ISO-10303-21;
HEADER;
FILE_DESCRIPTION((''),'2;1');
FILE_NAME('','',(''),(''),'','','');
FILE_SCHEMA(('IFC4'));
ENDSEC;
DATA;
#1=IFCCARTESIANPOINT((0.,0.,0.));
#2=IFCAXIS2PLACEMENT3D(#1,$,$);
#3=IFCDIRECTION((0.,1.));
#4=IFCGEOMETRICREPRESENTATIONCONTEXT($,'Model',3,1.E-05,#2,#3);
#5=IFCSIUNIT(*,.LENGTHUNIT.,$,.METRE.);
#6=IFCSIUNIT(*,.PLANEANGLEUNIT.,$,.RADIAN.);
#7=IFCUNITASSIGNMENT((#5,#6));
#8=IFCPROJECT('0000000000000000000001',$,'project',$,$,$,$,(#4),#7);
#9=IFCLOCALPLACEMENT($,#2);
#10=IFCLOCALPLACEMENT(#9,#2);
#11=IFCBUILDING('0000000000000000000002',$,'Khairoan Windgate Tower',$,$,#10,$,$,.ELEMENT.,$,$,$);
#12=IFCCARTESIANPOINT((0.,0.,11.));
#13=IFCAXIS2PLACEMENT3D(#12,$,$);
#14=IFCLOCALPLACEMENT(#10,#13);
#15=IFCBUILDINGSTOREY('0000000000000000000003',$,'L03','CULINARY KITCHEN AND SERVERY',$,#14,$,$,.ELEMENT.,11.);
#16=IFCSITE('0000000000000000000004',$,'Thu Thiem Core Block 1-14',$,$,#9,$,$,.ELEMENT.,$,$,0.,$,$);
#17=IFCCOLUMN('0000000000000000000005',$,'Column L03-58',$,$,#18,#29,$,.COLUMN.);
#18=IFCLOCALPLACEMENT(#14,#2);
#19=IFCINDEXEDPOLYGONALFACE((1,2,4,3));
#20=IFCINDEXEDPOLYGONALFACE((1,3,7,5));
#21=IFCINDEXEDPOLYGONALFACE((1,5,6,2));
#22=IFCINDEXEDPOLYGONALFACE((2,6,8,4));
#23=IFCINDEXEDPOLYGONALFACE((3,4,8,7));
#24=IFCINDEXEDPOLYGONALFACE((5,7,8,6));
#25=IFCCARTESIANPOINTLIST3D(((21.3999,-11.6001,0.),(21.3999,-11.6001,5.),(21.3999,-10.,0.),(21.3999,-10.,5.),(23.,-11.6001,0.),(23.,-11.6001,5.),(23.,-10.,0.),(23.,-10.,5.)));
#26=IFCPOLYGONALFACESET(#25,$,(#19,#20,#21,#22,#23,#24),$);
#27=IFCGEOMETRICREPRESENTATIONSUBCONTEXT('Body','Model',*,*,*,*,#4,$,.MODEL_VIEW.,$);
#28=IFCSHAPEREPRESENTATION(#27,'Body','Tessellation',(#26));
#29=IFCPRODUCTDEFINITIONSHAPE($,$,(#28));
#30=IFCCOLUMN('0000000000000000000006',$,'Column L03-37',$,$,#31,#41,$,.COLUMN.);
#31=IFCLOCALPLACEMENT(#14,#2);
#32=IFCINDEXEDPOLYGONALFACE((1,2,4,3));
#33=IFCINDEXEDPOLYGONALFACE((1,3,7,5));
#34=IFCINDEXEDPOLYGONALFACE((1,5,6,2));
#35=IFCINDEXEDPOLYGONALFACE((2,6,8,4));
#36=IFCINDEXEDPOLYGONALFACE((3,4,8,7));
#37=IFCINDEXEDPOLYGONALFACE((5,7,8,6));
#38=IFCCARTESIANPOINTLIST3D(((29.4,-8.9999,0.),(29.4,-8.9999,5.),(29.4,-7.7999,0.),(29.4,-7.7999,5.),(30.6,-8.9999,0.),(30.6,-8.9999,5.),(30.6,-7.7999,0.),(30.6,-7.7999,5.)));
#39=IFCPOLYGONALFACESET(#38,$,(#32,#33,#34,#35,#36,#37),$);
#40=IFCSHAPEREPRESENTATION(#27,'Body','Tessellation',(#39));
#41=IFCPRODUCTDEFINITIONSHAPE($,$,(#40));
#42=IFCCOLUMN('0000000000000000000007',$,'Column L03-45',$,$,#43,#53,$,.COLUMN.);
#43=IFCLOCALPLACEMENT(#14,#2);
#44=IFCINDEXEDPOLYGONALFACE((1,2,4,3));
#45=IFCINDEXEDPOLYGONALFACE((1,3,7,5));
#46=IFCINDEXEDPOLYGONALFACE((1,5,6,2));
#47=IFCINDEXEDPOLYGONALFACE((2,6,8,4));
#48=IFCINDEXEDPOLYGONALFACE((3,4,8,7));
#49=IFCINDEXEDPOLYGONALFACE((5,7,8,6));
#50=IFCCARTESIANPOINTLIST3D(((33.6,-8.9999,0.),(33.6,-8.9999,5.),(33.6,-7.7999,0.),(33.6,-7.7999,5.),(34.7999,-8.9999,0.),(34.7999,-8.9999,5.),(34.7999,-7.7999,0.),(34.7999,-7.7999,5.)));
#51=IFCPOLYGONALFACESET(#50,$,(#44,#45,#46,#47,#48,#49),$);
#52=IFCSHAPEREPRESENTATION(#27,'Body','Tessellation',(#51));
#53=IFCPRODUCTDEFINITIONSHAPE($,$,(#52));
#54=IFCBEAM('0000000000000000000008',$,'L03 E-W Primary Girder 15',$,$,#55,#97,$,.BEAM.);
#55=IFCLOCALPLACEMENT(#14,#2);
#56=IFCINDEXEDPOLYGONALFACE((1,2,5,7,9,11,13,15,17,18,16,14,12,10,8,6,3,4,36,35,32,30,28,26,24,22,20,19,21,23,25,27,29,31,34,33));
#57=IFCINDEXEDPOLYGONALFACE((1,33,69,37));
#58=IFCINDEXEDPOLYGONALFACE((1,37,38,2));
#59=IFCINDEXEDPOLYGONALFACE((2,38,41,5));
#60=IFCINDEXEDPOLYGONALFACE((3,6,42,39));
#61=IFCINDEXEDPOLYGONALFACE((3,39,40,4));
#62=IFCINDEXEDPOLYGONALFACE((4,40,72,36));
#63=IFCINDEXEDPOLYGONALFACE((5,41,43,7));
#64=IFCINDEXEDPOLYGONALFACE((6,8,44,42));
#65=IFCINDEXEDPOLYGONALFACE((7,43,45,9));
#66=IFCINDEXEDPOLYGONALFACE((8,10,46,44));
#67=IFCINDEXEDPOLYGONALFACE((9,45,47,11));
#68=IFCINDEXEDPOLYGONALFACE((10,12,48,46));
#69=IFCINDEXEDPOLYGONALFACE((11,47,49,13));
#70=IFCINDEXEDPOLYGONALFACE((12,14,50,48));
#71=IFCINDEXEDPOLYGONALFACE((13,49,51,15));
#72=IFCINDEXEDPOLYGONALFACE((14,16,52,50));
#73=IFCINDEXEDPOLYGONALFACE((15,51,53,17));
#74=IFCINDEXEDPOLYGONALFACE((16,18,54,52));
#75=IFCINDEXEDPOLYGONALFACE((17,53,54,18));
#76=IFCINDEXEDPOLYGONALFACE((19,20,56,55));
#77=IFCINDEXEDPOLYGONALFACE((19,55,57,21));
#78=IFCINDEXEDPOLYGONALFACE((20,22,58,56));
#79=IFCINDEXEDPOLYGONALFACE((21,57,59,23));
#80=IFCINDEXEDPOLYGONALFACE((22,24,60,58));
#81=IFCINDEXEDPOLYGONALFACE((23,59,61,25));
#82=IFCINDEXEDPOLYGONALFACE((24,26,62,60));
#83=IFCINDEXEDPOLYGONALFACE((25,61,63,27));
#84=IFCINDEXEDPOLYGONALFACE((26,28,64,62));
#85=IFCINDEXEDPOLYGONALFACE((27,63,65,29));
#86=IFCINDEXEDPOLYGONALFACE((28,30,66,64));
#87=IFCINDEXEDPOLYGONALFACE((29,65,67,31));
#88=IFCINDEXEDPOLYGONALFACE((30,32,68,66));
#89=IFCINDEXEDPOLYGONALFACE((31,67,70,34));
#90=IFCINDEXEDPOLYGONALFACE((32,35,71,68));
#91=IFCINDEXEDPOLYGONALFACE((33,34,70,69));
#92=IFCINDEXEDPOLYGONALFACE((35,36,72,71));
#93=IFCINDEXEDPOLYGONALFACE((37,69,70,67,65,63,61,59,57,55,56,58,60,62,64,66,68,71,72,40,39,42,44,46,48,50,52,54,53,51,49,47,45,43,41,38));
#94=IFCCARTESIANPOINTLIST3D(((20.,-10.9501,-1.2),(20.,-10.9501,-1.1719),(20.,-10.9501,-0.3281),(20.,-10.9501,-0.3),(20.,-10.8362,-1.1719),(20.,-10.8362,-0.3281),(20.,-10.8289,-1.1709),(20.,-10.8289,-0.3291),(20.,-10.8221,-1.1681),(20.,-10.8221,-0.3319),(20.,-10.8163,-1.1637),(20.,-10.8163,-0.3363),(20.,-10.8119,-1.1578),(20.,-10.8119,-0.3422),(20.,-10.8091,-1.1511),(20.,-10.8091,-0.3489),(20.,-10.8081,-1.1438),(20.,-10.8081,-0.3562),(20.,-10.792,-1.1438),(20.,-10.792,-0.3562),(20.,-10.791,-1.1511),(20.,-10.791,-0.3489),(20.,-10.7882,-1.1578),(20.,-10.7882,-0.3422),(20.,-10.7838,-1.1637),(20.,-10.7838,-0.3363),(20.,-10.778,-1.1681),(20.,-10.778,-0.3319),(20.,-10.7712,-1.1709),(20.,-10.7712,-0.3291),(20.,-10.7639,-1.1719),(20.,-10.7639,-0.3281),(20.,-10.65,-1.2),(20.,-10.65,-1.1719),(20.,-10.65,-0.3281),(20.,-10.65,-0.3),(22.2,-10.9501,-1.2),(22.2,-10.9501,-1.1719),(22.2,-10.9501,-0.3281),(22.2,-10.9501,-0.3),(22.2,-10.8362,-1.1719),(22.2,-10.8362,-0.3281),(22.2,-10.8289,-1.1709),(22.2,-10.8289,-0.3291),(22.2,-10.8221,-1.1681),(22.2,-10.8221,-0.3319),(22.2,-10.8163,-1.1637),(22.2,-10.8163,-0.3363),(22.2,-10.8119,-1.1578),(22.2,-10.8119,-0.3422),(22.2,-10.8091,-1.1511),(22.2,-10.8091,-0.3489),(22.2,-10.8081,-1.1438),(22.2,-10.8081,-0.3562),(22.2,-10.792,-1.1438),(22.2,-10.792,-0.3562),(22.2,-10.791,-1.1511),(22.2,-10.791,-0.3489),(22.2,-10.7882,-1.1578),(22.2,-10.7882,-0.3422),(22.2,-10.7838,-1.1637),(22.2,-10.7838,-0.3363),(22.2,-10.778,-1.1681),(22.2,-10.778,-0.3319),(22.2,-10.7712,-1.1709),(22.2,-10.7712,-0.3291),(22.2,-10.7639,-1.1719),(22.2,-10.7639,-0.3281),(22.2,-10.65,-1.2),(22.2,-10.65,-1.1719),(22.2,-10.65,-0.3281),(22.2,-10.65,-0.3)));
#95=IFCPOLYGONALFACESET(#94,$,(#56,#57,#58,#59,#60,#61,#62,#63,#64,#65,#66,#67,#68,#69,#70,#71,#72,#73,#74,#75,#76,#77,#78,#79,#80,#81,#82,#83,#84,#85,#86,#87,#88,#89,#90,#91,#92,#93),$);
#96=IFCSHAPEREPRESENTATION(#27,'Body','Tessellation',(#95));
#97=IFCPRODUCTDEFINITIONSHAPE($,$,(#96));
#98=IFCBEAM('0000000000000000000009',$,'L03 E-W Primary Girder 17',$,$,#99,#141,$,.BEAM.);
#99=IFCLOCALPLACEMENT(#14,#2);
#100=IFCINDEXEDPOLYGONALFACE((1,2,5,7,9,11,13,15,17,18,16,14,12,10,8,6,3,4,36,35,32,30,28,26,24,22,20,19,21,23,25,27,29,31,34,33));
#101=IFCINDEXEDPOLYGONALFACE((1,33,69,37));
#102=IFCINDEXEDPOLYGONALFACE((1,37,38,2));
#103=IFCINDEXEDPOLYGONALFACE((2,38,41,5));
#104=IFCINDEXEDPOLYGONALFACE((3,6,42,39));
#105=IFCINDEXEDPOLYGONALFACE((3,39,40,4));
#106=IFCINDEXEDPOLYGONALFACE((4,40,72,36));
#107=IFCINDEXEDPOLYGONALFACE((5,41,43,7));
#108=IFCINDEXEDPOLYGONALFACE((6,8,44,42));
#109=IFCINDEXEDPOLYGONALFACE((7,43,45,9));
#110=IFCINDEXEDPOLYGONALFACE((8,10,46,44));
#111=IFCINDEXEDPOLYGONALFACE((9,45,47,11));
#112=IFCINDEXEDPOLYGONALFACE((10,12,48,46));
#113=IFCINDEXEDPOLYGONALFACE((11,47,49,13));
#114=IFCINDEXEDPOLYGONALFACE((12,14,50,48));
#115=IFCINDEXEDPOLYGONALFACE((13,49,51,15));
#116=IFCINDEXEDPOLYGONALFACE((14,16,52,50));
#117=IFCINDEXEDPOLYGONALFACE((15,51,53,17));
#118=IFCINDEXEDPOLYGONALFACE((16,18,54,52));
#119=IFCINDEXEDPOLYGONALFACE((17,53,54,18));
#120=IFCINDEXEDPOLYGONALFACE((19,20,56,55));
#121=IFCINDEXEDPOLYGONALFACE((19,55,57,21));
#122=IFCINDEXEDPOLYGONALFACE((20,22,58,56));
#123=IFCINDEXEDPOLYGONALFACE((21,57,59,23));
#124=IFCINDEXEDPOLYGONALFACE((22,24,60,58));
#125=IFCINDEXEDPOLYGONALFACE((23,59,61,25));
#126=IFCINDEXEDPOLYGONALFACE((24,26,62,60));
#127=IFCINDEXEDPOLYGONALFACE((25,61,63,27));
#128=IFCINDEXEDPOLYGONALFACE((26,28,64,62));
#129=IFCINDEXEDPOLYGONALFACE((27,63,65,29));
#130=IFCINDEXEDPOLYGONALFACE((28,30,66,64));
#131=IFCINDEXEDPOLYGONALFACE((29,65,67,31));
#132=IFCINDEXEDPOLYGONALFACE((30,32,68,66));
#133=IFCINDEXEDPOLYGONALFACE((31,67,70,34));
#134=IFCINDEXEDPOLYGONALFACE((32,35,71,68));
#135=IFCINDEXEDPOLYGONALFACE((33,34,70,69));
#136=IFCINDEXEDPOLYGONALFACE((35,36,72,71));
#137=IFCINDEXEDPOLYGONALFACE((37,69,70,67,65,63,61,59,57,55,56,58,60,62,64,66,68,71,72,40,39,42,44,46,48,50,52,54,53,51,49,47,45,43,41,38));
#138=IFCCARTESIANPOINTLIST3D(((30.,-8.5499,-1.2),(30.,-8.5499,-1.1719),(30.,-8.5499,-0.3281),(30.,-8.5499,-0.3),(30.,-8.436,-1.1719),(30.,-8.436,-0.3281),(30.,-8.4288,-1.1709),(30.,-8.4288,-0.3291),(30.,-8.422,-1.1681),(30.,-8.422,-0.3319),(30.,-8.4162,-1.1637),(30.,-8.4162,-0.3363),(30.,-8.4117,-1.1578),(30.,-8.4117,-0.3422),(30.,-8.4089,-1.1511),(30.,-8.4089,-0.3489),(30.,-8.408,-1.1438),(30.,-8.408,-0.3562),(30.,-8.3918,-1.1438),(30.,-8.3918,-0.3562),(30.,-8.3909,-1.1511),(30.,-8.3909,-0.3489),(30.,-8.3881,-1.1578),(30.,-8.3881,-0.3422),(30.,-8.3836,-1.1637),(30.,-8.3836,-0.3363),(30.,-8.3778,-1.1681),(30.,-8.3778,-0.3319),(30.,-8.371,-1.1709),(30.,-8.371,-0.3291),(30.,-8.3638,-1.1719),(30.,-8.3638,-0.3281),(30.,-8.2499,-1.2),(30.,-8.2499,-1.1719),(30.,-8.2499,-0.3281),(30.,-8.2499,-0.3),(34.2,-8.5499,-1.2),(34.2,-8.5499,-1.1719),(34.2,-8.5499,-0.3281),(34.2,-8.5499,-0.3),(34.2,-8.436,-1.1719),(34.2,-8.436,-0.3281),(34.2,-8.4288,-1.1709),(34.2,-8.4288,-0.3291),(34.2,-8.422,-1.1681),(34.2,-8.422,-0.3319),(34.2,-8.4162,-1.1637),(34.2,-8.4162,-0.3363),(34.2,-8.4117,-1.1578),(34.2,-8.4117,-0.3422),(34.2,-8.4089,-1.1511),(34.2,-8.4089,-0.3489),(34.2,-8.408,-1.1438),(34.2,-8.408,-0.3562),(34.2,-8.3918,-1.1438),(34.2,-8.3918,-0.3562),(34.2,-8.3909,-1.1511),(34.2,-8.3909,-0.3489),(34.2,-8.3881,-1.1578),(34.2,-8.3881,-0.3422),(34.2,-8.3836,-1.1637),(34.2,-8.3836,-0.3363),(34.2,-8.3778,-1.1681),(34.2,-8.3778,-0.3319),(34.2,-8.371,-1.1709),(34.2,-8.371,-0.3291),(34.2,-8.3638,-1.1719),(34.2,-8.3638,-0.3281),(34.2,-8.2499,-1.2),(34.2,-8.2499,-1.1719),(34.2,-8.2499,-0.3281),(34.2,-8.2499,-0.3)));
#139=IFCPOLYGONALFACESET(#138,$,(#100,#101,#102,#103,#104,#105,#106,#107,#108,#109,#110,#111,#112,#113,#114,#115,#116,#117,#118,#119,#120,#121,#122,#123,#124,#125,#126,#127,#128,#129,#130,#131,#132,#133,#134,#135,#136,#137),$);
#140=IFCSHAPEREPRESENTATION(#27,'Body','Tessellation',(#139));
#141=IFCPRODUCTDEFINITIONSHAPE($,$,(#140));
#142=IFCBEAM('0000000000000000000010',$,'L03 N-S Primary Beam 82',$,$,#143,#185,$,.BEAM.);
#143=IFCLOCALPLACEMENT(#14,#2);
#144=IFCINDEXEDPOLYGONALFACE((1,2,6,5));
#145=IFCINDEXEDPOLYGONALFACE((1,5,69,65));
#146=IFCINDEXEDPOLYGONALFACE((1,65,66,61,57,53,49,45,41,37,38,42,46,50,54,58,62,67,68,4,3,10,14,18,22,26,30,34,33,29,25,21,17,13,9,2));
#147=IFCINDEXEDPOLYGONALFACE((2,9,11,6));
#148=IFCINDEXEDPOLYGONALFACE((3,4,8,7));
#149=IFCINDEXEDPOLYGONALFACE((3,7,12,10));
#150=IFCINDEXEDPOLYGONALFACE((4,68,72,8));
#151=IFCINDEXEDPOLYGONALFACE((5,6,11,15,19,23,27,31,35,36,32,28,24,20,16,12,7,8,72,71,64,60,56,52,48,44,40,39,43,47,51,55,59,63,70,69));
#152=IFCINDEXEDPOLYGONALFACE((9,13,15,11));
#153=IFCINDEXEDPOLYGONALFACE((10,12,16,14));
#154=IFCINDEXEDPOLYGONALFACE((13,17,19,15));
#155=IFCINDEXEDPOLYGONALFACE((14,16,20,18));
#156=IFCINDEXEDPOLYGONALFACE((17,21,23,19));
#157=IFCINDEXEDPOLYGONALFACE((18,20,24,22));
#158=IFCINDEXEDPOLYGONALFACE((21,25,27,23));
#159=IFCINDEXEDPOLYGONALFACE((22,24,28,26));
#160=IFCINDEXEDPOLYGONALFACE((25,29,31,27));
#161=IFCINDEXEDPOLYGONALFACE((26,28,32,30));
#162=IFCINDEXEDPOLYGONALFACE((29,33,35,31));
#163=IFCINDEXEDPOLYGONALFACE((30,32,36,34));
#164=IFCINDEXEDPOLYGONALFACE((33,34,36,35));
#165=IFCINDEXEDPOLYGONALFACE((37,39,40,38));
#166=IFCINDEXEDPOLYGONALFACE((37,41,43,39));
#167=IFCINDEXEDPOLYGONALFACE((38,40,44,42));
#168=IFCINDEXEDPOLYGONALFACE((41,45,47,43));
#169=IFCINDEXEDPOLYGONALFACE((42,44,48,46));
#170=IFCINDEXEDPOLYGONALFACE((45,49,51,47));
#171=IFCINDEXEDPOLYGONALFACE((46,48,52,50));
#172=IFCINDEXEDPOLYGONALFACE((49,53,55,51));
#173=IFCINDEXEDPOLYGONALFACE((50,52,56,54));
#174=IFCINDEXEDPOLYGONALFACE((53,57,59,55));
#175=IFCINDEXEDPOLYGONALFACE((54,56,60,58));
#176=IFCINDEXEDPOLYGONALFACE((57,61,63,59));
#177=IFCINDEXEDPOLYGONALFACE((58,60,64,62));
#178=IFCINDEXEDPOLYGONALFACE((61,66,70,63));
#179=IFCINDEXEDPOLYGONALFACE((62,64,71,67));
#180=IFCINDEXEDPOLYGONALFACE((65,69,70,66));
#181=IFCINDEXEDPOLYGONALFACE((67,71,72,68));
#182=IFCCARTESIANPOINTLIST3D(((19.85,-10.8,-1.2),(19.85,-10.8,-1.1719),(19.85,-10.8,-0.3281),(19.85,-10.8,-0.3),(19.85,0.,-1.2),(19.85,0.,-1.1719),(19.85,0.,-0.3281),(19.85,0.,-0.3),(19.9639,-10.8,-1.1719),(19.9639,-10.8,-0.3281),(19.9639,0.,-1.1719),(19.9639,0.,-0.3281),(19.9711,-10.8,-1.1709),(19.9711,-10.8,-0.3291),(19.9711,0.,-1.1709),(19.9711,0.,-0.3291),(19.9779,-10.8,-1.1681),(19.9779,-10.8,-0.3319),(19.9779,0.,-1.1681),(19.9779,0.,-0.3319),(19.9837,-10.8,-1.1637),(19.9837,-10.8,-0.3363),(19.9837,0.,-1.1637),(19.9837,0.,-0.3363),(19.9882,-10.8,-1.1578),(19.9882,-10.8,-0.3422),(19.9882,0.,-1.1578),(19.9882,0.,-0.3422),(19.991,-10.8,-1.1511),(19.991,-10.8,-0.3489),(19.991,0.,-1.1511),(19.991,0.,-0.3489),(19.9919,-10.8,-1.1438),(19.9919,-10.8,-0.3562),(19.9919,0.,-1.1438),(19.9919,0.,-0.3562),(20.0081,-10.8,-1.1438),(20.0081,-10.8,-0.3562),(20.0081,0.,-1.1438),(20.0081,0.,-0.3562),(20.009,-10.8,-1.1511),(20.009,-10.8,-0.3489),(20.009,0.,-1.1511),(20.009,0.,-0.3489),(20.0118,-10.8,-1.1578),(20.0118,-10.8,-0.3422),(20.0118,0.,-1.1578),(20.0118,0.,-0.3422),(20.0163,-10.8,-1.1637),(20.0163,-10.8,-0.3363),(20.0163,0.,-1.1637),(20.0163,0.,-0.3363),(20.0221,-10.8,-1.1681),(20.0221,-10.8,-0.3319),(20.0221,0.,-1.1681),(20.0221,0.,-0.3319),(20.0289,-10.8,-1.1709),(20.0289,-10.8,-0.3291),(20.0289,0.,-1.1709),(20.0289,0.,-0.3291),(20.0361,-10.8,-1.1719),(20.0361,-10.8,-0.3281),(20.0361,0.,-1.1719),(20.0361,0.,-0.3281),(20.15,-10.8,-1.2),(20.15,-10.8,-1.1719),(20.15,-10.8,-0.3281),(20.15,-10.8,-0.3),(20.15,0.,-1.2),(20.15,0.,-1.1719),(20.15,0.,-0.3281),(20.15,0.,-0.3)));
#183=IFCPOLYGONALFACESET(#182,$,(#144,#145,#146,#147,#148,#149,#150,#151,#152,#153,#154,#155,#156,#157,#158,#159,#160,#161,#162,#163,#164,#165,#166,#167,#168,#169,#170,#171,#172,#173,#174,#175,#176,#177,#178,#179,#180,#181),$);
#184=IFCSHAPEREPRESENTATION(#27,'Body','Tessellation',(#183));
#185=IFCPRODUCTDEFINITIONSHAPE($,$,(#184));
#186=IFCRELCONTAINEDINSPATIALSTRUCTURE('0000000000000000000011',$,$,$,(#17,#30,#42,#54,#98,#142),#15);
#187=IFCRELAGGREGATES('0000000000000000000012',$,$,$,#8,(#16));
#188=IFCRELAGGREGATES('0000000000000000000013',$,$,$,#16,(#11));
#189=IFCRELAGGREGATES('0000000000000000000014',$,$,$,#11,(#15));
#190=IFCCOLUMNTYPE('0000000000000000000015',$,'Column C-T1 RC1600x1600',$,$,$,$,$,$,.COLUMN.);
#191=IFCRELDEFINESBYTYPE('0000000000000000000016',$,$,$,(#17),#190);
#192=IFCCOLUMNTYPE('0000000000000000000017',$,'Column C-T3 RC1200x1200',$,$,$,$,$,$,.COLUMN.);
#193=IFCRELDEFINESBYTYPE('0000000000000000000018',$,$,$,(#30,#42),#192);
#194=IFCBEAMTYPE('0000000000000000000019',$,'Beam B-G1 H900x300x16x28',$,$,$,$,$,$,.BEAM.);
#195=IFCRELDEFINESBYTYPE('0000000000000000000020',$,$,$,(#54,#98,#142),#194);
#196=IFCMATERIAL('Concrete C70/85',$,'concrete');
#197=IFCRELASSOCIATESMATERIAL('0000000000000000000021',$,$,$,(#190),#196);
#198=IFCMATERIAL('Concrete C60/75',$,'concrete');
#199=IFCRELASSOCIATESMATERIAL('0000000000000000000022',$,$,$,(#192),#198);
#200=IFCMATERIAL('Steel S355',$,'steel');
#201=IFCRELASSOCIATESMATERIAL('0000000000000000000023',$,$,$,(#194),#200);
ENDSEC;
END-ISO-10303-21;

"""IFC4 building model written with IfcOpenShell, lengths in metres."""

from ifc_helpers import new_model, si_unit, direction, frame, origin, origin_2d, place, context, subcontext, project, spatial, rectangle, i_section, extrude, material, material_profile, profile_set, type_object, element, save


model = new_model("IFC4")

# Units and contexts
model_context = context("Model", 3, precision=1e-05, world=origin(), true_north=direction((0.0, 1.0)))
body_context = subcontext(model_context, "Body", "Model", "MODEL_VIEW")
ifc_project = project(units=[si_unit("LENGTHUNIT", "METRE"), si_unit("PLANEANGLEUNIT", "RADIAN")], contexts=[model_context])

# Site, building, storey
site_placement = place(None, origin())
site = spatial("IfcSite", under=ifc_project, at=site_placement, Name="Thu Thiem Core Block 1-14", CompositionType="ELEMENT", RefElevation=0.0)
building_placement = place(site_placement, origin())
building = spatial("IfcBuilding", under=site, at=building_placement, Name="Khairoan Windgate Tower", CompositionType="ELEMENT")
storey_placement = place(building_placement, frame((0.0, 0.0, 11.0)))
storey = spatial("IfcBuildingStorey", under=building, at=storey_placement, Name="L03", Description="CULINARY KITCHEN AND SERVERY", CompositionType="ELEMENT", Elevation=11.0)

# Columns
ifc_material_1 = material(Name="Concrete C70/85", Category="concrete")
ifc_material_profile_1 = material_profile(ifc_material_1, rectangle(XDim=1.6001, YDim=1.6001, at=origin_2d()))
ifc_profile_set_1 = profile_set([ifc_material_profile_1], Name="Concrete C70/85")
column_type_1 = type_object("IfcColumnType", Name="Column C-T1 RC1600x1600", PredefinedType="COLUMN", material=ifc_profile_set_1)
column_placement = place(storey_placement, frame((22.2, -10.8, 0.0), z_axis=(0.0, 0.0, 1.0), x_axis=(1.0, 0.0, 0.0)))
element("IfcColumn", 1, at=column_placement, inside=storey, type_object=column_type_1, Name="Column L03-58", PredefinedType="COLUMN", context=body_context, shape_type="SweptSolid", body=[
    extrude(rectangle(XDim=1.6001, YDim=1.6001, at=origin_2d()), origin(), (0.0, 0.0, 1.0), 5.0),
])
ifc_material_2 = material(Name="Concrete C60/75", Category="concrete")
ifc_material_profile_2 = material_profile(ifc_material_2, rectangle(XDim=1.2, YDim=1.2, at=origin_2d()))
ifc_profile_set_2 = profile_set([ifc_material_profile_2], Name="Concrete C60/75")
column_type_2 = type_object("IfcColumnType", Name="Column C-T3 RC1200x1200", PredefinedType="COLUMN", material=ifc_profile_set_2)
for number, where, z_axis, x_axis, name in (
    (2, (30.0, -8.3999, 0.0), (0.0, 0.0, 1.0), (1.0, 0.0, 0.0), "Column L03-37"),
    (3, (34.2, -8.3999, 0.0), (0.0, 0.0, 1.0), (1.0, 0.0, 0.0), "Column L03-45"),
):
    element("IfcColumn", number, at=place(storey_placement, frame(where, z_axis=z_axis, x_axis=x_axis)), inside=storey, type_object=column_type_2, Name=name, PredefinedType="COLUMN", context=body_context, shape_type="SweptSolid", body=[
        extrude(rectangle(XDim=1.2, YDim=1.2, at=origin_2d()), origin(), (0.0, 0.0, 1.0), 5.0),
    ])

# Beams
ifc_material_3 = material(Name="Steel S355", Category="steel")
ifc_material_profile_3 = material_profile(ifc_material_3, i_section(OverallWidth=0.3, OverallDepth=0.8999, WebThickness=0.0161, FlangeThickness=0.0281, FilletRadius=0.0281, at=origin_2d()))
ifc_profile_set_3 = profile_set([ifc_material_profile_3], Name="Steel S355")
beam_type_1 = type_object("IfcBeamType", Name="Beam B-G1 H900x300x16x28", PredefinedType="BEAM", material=ifc_profile_set_3)
beam_1_placement = place(storey_placement, frame((20.0, -10.8, -0.75), z_axis=(1.0, 0.0, 0.0), x_axis=(0.0, 1.0, 0.0)))
element("IfcBeam", 4, at=beam_1_placement, inside=storey, type_object=beam_type_1, Name="L03 E-W Primary Girder 15", PredefinedType="BEAM", context=body_context, shape_type="SweptSolid", body=[
    extrude(i_section(OverallWidth=0.3, OverallDepth=0.8999, WebThickness=0.0161, FlangeThickness=0.0281, FilletRadius=0.0281, at=origin_2d()), origin(), (0.0, 0.0, 1.0), 2.2),
])
beam_2_placement = place(storey_placement, frame((30.0, -8.3999, -0.75), z_axis=(1.0, 0.0, 0.0), x_axis=(0.0, 1.0, 0.0)))
element("IfcBeam", 5, at=beam_2_placement, inside=storey, type_object=beam_type_1, Name="L03 E-W Primary Girder 17", PredefinedType="BEAM", context=body_context, shape_type="SweptSolid", body=[
    extrude(i_section(OverallWidth=0.3, OverallDepth=0.8999, WebThickness=0.0161, FlangeThickness=0.0281, FilletRadius=0.0281, at=origin_2d()), origin(), (0.0, 0.0, 1.0), 4.2),
])
beam_3_placement = place(storey_placement, frame((20.0, -10.8, -0.75), z_axis=(0.0, 1.0, 0.0), x_axis=(-1.0, 0.0, 0.0)))
element("IfcBeam", 6, at=beam_3_placement, inside=storey, type_object=beam_type_1, Name="L03 N-S Primary Beam 82", PredefinedType="BEAM", context=body_context, shape_type="SweptSolid", body=[
    extrude(i_section(OverallWidth=0.3, OverallDepth=0.8999, WebThickness=0.0161, FlangeThickness=0.0281, FilletRadius=0.0281, at=origin_2d()), origin(), (0.0, 0.0, 1.0), 10.8),
])

save(model, "model.ifc")
